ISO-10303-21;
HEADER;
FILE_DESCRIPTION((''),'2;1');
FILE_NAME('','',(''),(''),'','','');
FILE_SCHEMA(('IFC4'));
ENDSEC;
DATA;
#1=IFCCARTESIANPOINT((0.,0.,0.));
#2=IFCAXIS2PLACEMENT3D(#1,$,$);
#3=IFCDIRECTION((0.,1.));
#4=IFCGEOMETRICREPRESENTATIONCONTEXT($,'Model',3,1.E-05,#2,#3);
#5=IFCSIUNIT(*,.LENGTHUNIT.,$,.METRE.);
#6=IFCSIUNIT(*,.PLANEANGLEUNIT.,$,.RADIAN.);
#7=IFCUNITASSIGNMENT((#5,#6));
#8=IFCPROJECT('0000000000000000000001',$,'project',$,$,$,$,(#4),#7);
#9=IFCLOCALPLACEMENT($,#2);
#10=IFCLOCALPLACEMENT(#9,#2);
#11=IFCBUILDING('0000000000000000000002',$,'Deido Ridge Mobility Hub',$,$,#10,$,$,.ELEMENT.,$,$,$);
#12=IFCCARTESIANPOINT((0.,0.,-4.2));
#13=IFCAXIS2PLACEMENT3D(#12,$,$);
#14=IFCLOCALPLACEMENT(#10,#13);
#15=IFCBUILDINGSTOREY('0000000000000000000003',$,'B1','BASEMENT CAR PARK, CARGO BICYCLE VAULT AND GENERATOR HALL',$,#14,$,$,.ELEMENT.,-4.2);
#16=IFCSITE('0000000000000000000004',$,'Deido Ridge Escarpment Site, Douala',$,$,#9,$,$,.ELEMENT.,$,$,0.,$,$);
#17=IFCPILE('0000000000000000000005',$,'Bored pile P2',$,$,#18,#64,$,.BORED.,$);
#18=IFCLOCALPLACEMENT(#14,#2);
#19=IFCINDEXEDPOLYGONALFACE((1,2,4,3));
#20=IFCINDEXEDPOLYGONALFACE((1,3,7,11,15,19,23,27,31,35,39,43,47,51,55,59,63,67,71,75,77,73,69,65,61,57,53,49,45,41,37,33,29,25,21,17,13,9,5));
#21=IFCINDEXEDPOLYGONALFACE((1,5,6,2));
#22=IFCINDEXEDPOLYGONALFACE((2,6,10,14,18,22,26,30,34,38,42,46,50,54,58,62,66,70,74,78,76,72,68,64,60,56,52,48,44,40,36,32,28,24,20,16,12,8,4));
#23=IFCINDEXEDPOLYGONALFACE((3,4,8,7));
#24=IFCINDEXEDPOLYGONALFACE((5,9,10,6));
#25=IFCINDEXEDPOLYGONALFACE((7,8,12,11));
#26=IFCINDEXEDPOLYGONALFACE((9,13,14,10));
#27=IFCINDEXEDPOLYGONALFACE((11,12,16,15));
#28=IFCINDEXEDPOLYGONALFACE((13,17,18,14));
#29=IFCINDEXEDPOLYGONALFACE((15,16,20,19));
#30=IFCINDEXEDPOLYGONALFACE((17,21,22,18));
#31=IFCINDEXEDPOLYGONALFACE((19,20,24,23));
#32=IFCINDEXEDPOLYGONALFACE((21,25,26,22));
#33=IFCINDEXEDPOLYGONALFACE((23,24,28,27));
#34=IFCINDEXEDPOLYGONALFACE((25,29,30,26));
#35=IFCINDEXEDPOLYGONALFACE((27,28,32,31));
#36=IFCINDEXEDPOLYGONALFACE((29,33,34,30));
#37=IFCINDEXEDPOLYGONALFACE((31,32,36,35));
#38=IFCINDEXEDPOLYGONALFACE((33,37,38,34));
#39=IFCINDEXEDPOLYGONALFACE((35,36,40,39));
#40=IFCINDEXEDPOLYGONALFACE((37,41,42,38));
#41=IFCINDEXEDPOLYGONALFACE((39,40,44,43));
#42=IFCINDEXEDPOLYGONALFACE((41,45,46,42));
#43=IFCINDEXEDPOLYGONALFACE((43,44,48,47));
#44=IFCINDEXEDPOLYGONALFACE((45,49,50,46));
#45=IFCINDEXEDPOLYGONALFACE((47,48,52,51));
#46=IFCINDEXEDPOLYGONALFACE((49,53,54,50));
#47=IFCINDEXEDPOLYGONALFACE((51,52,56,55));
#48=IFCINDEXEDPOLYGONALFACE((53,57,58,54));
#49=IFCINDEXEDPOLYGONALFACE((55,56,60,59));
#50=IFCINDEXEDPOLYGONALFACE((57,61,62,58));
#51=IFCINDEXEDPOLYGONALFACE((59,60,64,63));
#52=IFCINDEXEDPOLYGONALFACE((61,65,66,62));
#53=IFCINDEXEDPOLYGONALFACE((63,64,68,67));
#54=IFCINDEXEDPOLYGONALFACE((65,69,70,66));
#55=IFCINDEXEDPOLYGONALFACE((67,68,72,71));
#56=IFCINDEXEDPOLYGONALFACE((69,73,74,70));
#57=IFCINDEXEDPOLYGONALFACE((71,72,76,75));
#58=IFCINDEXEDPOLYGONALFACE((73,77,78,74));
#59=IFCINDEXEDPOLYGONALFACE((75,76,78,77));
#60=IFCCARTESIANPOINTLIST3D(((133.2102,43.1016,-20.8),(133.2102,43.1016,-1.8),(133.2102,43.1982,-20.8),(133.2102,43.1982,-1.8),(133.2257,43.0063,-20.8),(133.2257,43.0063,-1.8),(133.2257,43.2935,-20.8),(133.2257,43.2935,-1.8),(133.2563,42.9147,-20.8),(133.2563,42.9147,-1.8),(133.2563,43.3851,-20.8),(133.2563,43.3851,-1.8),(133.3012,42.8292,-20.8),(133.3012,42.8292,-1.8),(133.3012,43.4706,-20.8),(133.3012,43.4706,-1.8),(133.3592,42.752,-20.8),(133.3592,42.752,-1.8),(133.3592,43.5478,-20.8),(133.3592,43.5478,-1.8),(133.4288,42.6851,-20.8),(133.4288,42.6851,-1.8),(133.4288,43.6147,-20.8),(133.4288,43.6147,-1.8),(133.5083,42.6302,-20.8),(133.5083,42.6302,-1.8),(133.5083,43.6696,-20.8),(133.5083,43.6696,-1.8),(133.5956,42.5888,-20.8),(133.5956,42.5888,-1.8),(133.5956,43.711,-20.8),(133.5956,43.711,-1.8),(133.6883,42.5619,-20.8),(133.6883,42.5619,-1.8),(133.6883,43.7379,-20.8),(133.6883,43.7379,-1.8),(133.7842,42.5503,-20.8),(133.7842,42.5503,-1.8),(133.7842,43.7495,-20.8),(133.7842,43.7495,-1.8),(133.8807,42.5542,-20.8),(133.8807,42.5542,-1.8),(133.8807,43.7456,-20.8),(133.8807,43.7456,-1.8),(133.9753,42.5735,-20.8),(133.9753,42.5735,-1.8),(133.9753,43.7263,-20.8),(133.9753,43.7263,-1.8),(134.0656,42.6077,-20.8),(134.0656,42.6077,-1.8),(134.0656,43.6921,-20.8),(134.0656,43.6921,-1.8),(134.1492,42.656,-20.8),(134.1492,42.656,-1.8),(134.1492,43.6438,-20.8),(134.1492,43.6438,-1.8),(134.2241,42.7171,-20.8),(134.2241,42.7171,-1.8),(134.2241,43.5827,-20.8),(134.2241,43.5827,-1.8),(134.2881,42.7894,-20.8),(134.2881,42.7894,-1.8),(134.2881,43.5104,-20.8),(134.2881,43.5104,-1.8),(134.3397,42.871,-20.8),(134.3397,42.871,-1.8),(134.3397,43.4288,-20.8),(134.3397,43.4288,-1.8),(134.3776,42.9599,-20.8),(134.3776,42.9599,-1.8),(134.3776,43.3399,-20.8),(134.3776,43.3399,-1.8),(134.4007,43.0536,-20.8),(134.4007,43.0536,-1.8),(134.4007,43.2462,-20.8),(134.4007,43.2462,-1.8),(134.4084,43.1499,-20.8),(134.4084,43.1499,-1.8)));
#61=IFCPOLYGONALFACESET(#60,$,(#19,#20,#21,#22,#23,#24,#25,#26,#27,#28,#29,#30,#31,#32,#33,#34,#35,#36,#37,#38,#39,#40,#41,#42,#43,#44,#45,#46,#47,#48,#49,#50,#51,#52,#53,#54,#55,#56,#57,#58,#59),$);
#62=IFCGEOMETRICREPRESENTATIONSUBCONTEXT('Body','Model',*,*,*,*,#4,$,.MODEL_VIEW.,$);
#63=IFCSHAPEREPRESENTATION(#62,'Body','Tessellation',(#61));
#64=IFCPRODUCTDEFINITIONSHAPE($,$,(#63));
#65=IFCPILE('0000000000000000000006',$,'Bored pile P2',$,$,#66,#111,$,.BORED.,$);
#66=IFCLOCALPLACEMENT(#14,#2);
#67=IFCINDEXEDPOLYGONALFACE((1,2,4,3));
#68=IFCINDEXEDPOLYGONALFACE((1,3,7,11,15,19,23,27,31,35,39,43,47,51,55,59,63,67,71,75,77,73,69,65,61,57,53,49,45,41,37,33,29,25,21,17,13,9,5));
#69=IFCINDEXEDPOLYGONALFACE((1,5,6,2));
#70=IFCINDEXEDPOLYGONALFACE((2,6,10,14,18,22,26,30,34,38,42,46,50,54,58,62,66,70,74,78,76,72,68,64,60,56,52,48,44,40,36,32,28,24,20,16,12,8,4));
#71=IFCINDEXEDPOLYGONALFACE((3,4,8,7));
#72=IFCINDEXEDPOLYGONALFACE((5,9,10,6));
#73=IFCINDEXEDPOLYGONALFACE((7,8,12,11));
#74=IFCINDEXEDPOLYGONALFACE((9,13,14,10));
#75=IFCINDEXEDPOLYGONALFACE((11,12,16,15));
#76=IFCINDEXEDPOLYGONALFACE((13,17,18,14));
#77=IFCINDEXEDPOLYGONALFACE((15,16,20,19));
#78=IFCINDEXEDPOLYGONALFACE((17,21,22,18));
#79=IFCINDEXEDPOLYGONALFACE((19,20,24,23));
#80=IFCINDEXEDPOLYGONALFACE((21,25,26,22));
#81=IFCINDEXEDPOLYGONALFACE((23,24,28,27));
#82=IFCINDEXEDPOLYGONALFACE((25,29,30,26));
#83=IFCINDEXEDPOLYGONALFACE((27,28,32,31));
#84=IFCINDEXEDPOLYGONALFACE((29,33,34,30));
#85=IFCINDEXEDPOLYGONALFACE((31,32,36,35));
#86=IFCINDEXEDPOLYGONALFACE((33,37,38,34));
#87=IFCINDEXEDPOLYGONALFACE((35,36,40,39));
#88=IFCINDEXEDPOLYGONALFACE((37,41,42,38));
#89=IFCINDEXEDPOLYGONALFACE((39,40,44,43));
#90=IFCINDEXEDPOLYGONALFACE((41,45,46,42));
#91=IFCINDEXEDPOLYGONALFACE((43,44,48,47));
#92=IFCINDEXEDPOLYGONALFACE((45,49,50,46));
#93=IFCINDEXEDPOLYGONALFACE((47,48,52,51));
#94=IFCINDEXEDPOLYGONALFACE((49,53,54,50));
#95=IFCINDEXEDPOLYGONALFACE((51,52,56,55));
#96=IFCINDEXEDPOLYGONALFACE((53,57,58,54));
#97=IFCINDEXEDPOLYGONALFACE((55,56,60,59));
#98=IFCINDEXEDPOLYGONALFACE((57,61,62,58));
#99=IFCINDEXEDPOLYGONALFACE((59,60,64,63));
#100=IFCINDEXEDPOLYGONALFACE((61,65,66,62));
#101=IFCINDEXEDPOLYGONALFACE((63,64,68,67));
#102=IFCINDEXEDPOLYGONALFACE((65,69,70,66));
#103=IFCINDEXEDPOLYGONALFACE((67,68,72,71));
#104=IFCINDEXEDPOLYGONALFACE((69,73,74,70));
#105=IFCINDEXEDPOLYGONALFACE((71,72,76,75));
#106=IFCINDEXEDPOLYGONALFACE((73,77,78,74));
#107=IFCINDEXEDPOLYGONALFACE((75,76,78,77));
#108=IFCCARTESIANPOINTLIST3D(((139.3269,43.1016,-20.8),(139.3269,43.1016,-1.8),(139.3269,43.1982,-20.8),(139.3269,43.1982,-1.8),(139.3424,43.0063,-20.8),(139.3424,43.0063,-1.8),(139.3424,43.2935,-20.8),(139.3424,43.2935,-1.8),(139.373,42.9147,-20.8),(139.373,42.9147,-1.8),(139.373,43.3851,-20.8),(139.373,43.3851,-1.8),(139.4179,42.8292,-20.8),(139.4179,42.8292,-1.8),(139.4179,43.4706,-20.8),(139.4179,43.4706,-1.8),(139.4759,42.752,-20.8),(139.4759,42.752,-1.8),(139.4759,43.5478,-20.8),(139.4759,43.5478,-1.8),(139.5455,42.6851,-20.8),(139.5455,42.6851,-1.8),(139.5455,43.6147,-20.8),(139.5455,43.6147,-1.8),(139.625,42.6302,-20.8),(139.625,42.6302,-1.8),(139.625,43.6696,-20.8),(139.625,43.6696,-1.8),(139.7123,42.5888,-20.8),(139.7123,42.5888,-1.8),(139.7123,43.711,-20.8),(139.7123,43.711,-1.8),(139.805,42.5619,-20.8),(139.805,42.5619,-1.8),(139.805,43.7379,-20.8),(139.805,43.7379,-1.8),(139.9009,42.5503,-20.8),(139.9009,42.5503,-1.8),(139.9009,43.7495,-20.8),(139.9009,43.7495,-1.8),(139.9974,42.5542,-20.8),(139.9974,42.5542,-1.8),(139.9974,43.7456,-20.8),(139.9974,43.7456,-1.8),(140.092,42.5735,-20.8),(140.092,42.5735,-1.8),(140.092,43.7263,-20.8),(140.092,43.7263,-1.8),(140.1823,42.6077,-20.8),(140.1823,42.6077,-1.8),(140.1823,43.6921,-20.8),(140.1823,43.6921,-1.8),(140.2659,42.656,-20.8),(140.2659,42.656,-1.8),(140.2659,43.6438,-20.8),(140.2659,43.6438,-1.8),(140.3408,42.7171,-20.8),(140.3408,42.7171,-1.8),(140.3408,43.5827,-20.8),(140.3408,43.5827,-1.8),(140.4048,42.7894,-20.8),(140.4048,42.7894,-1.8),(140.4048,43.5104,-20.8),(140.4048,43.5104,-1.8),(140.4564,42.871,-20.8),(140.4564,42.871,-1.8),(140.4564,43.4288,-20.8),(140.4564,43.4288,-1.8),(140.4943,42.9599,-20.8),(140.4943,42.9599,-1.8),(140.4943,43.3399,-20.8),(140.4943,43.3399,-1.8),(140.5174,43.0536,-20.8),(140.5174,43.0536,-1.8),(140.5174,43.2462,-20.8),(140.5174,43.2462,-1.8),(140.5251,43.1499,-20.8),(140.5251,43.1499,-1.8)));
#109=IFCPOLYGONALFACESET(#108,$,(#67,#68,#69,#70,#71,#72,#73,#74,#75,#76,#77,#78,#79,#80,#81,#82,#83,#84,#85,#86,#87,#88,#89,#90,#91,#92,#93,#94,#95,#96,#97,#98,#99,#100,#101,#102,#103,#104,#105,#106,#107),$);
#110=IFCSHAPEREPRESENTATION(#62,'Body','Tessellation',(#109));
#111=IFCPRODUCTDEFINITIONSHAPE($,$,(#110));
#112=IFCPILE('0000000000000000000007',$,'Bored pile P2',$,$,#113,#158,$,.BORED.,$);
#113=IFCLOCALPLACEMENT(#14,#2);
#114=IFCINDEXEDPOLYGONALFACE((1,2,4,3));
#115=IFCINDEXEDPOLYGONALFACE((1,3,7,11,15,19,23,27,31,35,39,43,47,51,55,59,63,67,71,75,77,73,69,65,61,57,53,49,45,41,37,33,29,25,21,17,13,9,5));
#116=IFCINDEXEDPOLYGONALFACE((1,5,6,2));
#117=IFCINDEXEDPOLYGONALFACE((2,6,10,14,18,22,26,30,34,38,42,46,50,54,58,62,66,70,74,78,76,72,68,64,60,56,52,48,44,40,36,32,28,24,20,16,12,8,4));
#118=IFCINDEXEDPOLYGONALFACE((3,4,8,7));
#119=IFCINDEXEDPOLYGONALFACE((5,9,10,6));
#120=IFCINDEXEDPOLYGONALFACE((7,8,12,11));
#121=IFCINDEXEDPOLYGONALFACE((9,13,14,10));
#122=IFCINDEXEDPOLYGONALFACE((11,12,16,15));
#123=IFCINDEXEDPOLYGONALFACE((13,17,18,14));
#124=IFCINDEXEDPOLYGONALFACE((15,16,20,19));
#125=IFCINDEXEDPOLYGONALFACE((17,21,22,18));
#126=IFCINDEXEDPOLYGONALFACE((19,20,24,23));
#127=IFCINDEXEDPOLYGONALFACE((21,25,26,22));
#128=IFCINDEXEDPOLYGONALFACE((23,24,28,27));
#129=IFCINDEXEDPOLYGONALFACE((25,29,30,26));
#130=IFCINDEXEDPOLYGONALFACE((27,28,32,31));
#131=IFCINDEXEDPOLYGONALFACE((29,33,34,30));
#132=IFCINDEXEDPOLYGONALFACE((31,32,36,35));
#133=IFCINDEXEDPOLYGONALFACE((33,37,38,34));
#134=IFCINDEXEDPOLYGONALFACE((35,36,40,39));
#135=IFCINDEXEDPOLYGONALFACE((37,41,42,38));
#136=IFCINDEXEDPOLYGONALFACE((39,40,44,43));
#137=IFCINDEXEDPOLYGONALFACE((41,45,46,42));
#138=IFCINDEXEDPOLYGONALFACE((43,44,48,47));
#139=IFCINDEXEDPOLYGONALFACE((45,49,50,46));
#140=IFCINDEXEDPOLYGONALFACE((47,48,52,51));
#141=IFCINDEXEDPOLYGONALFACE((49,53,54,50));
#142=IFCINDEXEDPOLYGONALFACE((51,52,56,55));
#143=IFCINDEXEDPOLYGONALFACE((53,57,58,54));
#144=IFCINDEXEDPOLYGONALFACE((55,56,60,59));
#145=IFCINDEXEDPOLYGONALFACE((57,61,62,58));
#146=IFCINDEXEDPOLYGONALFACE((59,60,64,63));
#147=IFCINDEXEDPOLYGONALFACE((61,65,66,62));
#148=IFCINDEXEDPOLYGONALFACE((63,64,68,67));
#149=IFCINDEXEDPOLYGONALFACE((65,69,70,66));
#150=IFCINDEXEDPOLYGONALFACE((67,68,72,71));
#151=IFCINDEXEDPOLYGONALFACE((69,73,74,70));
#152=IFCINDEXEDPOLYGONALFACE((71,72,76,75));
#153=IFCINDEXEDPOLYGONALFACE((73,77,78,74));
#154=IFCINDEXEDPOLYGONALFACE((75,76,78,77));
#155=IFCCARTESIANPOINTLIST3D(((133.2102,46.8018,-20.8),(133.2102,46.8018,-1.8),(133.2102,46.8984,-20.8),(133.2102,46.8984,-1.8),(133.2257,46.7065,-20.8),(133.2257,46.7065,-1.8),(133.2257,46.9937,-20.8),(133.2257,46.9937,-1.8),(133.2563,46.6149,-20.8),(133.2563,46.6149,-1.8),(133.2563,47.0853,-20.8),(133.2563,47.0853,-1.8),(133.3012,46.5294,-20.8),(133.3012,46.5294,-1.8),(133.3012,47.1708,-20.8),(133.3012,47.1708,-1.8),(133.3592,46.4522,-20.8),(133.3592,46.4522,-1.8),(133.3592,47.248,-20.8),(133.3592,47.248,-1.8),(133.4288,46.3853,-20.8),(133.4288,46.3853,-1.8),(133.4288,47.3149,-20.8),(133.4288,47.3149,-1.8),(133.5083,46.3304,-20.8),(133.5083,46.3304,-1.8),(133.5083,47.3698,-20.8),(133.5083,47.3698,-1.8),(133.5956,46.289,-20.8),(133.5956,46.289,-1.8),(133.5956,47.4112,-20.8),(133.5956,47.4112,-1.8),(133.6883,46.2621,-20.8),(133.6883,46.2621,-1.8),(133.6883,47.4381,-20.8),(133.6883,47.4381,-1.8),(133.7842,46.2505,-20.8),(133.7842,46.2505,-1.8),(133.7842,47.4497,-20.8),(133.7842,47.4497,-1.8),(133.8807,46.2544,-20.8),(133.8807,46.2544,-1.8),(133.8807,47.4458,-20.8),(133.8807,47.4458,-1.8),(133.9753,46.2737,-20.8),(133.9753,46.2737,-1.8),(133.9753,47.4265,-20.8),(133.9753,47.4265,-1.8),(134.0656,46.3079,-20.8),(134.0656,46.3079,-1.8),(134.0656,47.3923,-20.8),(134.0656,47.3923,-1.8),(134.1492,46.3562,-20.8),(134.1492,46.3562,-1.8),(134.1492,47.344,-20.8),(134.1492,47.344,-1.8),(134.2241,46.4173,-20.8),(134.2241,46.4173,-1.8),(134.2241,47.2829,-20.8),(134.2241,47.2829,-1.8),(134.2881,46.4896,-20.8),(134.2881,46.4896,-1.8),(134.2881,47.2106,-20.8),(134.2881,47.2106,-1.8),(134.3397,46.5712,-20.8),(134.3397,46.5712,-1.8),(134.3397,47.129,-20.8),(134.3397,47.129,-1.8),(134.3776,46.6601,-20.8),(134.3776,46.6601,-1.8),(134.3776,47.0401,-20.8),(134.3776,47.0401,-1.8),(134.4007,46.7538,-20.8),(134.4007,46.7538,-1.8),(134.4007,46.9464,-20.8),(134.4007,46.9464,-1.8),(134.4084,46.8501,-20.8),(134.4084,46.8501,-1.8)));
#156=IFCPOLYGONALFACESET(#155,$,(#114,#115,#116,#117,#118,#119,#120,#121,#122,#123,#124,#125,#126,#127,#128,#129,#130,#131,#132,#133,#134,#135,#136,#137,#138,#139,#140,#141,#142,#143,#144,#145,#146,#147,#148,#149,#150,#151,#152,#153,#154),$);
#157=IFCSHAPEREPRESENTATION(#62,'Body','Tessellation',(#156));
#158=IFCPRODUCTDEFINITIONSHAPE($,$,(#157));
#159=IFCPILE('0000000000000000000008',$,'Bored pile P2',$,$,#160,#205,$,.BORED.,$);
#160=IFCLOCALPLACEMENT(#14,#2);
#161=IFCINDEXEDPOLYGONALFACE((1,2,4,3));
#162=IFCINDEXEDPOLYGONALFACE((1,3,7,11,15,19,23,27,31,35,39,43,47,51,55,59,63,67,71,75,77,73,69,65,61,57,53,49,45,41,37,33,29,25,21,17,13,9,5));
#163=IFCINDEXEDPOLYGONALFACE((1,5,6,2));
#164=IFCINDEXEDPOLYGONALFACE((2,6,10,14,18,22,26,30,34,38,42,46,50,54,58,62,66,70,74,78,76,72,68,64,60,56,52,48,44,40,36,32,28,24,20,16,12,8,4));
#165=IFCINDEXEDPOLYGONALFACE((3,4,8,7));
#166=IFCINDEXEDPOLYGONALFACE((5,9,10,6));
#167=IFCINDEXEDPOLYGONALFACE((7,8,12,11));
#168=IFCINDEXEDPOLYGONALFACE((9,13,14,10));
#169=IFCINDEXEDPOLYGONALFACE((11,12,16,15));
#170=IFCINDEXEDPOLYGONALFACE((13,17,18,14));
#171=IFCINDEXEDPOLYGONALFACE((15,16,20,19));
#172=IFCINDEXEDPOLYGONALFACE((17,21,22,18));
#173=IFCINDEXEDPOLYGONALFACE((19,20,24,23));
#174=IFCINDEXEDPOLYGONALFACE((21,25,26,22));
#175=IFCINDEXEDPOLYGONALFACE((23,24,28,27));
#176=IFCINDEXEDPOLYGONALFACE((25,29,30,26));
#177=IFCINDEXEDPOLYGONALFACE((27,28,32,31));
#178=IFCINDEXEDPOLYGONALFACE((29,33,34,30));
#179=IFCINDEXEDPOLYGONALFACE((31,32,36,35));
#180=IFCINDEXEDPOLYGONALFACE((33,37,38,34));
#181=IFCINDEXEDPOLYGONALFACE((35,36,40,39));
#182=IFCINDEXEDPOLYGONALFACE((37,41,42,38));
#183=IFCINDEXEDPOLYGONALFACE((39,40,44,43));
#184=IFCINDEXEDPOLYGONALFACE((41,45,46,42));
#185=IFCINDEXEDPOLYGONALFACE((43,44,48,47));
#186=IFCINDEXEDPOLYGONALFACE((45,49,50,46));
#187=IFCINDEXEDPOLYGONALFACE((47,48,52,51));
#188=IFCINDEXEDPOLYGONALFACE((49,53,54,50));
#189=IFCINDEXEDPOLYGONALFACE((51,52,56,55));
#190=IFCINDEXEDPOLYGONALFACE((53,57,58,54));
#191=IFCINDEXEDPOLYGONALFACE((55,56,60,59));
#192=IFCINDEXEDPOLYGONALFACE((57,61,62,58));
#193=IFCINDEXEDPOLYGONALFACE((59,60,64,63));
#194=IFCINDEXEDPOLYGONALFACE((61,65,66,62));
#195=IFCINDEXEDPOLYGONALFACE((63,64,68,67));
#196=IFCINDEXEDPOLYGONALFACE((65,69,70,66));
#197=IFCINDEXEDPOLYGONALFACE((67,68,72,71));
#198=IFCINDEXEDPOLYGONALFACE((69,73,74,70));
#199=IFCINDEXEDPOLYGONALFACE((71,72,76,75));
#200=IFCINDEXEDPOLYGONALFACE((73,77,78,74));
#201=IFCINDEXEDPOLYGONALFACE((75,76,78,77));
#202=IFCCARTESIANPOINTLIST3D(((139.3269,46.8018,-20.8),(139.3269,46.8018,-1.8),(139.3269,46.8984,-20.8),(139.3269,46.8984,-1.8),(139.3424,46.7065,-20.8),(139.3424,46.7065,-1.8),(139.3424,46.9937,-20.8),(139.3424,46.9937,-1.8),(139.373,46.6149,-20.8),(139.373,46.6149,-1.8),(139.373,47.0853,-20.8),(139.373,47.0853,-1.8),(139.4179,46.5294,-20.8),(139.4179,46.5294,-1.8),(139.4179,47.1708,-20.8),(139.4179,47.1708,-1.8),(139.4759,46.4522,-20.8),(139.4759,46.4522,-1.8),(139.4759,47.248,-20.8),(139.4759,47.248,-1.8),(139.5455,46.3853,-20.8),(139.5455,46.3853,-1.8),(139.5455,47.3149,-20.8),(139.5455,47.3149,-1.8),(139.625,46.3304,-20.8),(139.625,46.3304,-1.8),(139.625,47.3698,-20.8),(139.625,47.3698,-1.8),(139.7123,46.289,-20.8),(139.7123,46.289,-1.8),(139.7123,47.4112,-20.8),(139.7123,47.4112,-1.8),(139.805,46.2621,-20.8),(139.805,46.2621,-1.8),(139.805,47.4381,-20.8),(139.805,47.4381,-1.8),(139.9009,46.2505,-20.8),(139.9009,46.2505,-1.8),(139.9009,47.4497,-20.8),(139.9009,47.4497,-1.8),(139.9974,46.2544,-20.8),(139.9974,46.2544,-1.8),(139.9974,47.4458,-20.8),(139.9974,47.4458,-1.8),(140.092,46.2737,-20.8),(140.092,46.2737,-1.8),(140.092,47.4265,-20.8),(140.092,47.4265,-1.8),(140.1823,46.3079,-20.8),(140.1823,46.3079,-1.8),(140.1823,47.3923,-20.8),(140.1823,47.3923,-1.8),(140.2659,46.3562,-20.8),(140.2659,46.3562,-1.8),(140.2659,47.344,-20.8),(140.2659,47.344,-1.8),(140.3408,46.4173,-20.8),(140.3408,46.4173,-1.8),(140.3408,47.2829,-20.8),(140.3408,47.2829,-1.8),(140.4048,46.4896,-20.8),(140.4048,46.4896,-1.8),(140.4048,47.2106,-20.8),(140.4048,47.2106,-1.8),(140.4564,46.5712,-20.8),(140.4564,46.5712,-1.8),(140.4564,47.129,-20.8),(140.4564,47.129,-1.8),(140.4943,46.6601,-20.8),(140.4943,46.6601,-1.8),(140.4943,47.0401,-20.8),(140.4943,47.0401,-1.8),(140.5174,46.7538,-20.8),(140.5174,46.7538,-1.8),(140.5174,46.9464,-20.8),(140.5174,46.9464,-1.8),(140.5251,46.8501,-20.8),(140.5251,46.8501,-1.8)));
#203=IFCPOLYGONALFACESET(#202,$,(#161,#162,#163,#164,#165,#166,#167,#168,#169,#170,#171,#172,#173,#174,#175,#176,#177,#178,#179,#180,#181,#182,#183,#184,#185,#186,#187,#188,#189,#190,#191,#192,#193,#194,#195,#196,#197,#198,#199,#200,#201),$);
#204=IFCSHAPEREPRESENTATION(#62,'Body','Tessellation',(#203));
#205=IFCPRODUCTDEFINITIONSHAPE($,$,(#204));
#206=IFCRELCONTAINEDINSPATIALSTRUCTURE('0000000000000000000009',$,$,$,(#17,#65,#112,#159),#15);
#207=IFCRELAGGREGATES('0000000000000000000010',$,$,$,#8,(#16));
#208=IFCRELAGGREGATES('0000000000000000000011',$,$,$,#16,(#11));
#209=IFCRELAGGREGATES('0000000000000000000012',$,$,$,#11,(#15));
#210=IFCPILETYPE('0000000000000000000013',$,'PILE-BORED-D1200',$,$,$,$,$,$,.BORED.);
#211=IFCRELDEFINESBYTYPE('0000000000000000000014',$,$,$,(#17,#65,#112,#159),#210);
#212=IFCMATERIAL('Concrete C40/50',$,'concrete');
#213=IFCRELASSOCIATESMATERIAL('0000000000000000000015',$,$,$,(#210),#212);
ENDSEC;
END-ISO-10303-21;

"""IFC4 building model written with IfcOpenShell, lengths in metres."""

from ifc_helpers import new_model, si_unit, direction, frame, origin, origin_2d, place, context, subcontext, project, spatial, circle, extrude, material, material_profile, profile_set, type_object, element, save


model = new_model("IFC4")

# Units and contexts
model_context = context("Model", 3, precision=1e-05, world=origin(), true_north=direction((0.0, 1.0)))
body_context = subcontext(model_context, "Body", "Model", "MODEL_VIEW")
ifc_project = project(units=[si_unit("LENGTHUNIT", "METRE"), si_unit("PLANEANGLEUNIT", "RADIAN")], contexts=[model_context])

# Site, building, storey
site_placement = place(None, origin())
site = spatial("IfcSite", under=ifc_project, at=site_placement, Name="Deido Ridge Escarpment Site, Douala", CompositionType="ELEMENT", RefElevation=0.0)
building_placement = place(site_placement, origin())
building = spatial("IfcBuilding", under=site, at=building_placement, Name="Deido Ridge Mobility Hub", CompositionType="ELEMENT")
storey_placement = place(building_placement, frame((0.0, 0.0, -4.2)))
storey = spatial("IfcBuildingStorey", under=building, at=storey_placement, Name="B1", Description="BASEMENT CAR PARK, CARGO BICYCLE VAULT AND GENERATOR HALL", CompositionType="ELEMENT", Elevation=-4.2)

# Shared definitions
ifc_material_1 = material(Name="Concrete C40/50", Category="concrete")

# Piles
ifc_material_profile_1 = material_profile(ifc_material_1, circle(Radius=0.6001, at=origin_2d()), Name="BORED PILE D1200")
ifc_profile_set_1 = profile_set([ifc_material_profile_1], Name="Concrete C40/50")
pile_type_1 = type_object("IfcPileType", Name="PILE-BORED-D1200", PredefinedType="BORED", material=ifc_profile_set_1)
for number, where, z_axis, x_axis, name in (
    (1, (133.8083, 43.1499, -1.8), (0.0, 0.0, -1.0), (1.0, 0.0, 0.0), "Bored pile P2"),
    (2, (139.925, 43.1499, -1.8), (0.0, 0.0, -1.0), (1.0, 0.0, 0.0), "Bored pile P2"),
    (3, (133.8083, 46.8501, -1.8), (0.0, 0.0, -1.0), (1.0, 0.0, 0.0), "Bored pile P2"),
    (4, (139.925, 46.8501, -1.8), (0.0, 0.0, -1.0), (1.0, 0.0, 0.0), "Bored pile P2"),
):
    element("IfcPile", number, at=place(storey_placement, frame(where, z_axis=z_axis, x_axis=x_axis)), inside=storey, type_object=pile_type_1, Name=name, PredefinedType="BORED", context=body_context, shape_type="SweptSolid", body=[
        extrude(circle(Radius=0.6001, at=origin_2d()), origin(), (0.0, 0.0, 1.0), 19.0),
    ])

save(model, "model.ifc")
